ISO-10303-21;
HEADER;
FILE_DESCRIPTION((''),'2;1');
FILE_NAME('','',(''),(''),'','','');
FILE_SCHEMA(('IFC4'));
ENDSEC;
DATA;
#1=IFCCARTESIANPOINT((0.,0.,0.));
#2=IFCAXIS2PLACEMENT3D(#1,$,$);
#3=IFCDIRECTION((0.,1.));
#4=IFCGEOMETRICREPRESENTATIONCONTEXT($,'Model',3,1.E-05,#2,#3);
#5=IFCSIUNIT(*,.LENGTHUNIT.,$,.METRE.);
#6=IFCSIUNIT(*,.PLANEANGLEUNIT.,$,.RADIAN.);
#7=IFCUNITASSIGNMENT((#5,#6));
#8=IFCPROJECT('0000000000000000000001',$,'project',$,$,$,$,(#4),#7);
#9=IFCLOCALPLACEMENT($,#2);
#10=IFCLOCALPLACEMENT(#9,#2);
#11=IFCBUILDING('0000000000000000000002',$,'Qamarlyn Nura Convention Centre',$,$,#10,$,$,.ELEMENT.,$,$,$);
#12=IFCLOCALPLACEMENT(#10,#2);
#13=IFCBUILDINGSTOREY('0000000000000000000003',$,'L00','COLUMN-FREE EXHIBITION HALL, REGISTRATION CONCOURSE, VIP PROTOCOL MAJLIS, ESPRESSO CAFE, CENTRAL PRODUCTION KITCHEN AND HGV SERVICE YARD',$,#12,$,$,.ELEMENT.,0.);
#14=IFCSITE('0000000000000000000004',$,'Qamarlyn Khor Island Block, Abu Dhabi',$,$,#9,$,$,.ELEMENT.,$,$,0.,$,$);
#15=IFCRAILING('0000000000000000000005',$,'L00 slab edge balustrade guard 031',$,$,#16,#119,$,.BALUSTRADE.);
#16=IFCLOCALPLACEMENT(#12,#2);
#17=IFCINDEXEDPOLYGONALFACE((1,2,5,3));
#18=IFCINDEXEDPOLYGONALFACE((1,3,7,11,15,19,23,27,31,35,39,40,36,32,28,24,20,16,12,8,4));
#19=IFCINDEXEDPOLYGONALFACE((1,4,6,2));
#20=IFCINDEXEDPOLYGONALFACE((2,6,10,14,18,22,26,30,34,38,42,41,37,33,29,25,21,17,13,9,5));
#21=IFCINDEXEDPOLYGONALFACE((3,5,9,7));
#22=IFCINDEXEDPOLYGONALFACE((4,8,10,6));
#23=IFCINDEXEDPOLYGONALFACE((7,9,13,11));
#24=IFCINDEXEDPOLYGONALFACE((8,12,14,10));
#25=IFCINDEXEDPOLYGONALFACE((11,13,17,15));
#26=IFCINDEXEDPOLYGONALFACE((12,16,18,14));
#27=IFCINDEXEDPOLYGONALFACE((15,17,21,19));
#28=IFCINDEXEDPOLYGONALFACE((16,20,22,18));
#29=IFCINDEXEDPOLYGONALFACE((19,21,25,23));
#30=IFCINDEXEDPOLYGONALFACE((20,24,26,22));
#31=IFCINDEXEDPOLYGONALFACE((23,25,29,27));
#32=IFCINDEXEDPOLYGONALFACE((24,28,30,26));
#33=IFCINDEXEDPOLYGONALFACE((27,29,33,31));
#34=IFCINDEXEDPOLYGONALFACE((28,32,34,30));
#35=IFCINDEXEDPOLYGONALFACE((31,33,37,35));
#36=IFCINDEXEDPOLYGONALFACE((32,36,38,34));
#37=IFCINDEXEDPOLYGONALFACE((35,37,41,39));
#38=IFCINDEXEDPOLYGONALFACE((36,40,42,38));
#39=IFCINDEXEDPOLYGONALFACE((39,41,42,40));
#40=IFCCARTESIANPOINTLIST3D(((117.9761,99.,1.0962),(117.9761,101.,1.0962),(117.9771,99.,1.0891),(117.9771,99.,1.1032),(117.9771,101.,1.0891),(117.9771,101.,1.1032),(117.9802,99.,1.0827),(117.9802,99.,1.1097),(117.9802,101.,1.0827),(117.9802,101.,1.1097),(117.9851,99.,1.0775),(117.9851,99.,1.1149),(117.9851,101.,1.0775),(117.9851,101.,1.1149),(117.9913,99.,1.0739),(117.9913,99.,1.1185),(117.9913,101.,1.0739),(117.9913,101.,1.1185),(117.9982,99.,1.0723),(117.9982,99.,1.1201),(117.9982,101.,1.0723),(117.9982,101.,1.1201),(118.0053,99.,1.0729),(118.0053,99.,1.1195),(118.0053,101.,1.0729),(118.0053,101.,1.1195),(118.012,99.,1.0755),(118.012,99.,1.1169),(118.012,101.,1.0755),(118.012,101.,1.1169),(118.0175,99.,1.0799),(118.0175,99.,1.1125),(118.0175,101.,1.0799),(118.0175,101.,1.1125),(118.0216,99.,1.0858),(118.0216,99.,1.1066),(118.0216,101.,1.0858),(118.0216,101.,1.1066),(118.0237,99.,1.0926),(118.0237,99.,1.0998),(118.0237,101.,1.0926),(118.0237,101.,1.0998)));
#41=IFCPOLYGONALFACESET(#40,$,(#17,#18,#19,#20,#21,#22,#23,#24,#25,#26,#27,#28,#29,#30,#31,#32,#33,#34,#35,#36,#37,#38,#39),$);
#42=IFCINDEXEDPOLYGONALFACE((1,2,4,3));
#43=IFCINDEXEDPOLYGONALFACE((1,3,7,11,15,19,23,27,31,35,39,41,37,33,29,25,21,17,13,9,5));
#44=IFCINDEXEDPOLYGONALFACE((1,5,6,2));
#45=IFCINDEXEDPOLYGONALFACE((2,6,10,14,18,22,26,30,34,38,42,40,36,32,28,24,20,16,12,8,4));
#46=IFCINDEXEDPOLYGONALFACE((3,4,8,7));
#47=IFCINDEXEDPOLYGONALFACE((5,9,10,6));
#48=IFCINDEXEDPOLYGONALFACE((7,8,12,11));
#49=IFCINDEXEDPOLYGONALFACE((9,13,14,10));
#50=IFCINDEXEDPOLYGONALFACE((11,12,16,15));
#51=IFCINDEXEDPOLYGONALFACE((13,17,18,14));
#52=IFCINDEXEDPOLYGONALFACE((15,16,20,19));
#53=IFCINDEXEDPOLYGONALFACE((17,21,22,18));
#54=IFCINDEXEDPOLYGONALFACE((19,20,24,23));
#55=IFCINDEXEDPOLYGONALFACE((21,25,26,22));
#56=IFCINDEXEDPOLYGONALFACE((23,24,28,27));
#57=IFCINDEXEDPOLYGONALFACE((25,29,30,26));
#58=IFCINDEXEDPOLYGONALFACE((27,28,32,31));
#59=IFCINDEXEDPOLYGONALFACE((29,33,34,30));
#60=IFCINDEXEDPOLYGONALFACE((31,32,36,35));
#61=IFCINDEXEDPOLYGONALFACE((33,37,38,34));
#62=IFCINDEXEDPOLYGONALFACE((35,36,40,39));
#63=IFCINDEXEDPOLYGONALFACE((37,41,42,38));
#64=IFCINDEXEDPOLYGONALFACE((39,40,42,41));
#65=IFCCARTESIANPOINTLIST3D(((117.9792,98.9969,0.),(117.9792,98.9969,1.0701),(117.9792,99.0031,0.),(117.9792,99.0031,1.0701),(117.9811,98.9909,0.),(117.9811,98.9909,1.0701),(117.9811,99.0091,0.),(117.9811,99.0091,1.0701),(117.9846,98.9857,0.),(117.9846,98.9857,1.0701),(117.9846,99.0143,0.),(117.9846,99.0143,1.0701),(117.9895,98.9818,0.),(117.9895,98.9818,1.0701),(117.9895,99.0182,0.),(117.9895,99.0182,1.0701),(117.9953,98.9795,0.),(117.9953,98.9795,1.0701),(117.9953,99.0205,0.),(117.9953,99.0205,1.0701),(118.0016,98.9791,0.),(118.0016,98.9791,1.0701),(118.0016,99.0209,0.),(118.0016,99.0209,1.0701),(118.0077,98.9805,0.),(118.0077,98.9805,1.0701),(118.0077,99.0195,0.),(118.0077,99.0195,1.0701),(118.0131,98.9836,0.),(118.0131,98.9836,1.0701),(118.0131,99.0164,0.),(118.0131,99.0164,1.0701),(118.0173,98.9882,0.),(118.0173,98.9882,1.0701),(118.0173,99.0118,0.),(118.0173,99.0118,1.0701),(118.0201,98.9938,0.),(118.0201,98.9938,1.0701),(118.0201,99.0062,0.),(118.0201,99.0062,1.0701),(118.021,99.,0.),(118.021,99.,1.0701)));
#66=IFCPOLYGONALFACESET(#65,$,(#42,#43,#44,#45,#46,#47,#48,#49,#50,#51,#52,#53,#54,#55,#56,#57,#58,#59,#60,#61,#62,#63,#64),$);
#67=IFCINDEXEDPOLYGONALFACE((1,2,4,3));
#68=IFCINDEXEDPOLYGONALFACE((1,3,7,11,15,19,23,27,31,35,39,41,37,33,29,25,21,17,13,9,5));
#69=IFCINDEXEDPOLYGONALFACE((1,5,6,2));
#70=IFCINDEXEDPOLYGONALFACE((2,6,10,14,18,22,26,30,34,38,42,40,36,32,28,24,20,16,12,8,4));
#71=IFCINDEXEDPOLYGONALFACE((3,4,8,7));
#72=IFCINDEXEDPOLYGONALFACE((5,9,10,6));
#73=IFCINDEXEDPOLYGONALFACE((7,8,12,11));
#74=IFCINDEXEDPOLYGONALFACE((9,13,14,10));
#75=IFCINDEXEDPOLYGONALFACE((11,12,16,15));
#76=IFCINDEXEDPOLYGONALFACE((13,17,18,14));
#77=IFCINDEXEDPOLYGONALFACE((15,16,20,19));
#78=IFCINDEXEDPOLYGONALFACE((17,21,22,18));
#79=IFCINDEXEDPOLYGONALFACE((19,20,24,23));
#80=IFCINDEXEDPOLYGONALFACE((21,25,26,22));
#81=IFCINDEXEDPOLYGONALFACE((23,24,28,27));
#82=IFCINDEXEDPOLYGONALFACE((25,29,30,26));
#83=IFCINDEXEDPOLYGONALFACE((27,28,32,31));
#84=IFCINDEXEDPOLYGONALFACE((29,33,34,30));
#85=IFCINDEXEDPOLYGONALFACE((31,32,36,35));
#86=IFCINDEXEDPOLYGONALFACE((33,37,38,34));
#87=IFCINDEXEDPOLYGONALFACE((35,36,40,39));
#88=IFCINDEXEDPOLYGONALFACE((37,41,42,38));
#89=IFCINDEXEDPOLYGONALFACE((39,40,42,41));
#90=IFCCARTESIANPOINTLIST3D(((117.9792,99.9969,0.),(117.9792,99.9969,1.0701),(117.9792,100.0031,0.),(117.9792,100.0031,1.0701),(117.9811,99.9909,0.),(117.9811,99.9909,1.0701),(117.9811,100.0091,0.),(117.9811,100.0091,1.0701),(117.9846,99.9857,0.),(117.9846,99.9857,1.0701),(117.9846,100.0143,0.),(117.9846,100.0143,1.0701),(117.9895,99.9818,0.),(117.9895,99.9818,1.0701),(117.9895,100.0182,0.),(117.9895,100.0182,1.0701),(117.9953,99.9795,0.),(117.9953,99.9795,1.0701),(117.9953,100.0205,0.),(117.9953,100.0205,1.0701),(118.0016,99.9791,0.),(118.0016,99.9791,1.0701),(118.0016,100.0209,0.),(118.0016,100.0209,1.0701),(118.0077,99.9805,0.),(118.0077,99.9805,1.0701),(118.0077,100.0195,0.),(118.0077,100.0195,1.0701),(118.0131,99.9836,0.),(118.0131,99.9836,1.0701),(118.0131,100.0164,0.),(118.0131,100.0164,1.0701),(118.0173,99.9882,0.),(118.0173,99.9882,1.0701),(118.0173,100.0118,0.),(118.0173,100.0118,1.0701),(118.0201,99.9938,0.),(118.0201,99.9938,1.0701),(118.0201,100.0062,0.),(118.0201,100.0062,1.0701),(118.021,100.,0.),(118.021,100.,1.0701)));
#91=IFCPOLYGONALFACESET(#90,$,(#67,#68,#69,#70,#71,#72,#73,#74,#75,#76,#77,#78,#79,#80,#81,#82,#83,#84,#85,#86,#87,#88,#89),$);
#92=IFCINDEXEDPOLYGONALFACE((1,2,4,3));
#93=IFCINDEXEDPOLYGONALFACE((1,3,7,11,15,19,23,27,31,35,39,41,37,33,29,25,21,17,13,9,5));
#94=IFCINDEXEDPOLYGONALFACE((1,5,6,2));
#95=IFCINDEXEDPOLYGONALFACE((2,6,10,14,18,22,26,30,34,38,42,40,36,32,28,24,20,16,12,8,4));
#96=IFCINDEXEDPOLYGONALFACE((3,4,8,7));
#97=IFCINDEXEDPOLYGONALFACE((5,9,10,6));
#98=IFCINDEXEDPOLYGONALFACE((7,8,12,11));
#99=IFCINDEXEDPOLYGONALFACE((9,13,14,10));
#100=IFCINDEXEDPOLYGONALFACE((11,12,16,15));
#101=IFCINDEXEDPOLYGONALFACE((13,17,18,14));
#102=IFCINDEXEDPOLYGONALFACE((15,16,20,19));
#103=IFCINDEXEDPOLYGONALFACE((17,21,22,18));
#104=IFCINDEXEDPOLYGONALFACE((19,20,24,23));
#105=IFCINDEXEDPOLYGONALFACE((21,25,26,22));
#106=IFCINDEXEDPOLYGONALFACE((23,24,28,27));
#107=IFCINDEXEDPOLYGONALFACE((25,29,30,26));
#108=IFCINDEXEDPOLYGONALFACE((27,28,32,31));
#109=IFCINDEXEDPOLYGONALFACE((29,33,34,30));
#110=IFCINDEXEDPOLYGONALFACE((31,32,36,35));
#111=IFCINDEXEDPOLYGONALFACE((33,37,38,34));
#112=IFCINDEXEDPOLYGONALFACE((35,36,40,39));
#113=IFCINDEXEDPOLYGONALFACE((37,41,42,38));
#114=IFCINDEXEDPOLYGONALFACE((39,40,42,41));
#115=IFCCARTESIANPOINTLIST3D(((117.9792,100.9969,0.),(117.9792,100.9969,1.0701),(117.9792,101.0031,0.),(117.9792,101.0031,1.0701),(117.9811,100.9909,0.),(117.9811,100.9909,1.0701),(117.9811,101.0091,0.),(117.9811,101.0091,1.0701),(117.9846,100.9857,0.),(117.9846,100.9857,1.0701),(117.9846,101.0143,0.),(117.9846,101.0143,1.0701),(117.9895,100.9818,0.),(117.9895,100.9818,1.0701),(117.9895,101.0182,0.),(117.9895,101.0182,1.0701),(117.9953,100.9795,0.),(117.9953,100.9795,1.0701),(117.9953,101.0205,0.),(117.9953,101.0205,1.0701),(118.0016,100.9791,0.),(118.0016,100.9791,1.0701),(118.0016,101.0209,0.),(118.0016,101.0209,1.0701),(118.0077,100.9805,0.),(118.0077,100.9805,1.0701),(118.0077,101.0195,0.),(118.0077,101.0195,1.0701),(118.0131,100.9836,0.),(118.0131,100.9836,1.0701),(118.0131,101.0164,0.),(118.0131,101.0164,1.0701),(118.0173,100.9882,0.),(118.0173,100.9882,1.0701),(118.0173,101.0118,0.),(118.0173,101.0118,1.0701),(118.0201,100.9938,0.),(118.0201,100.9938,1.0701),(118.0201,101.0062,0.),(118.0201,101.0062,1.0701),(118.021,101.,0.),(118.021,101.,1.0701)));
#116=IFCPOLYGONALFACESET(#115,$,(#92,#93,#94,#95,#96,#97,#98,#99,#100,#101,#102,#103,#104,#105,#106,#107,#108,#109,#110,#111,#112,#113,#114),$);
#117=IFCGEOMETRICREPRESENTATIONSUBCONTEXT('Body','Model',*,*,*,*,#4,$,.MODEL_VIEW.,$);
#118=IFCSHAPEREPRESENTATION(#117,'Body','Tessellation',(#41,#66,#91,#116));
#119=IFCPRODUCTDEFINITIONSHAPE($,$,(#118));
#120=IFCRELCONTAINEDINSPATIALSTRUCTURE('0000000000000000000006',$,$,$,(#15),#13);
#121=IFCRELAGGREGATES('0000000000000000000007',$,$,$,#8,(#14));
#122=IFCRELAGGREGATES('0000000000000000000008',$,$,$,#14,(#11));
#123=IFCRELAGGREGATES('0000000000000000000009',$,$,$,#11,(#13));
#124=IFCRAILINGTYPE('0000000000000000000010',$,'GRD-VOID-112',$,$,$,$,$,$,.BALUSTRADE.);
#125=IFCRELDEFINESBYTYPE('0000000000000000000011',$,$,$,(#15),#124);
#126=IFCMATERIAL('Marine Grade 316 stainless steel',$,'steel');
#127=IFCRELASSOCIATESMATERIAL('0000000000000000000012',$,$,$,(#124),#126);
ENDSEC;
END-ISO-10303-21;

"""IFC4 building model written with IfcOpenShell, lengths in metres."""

from ifc_helpers import new_model, si_unit, direction, frame, origin, origin_2d, place, context, subcontext, project, spatial, circle, extrude, material, type_object, element, save


model = new_model("IFC4")

# Units and contexts
model_context = context("Model", 3, precision=1e-05, world=origin(), true_north=direction((0.0, 1.0)))
body_context = subcontext(model_context, "Body", "Model", "MODEL_VIEW")
ifc_project = project(units=[si_unit("LENGTHUNIT", "METRE"), si_unit("PLANEANGLEUNIT", "RADIAN")], contexts=[model_context])

# Site, building, storey
site_placement = place(None, origin())
site = spatial("IfcSite", under=ifc_project, at=site_placement, Name="Qamarlyn Khor Island Block, Abu Dhabi", CompositionType="ELEMENT", RefElevation=0.0)
building_placement = place(site_placement, origin())
building = spatial("IfcBuilding", under=site, at=building_placement, Name="Qamarlyn Nura Convention Centre", CompositionType="ELEMENT")
storey_placement = place(building_placement, origin())
storey = spatial("IfcBuildingStorey", under=building, at=storey_placement, Name="L00", Description="COLUMN-FREE EXHIBITION HALL, REGISTRATION CONCOURSE, VIP PROTOCOL MAJLIS, ESPRESSO CAFE, CENTRAL PRODUCTION KITCHEN AND HGV SERVICE YARD", CompositionType="ELEMENT", Elevation=0.0)

# Railing
ifc_material_1 = material(Name="Marine Grade 316 stainless steel", Category="steel")
railing_type = type_object("IfcRailingType", Name="GRD-VOID-112", PredefinedType="BALUSTRADE", material=ifc_material_1)
railing_1_placement = place(storey_placement, frame((118.0, 99.0, 0.0)))
element("IfcRailing", 1, at=railing_1_placement, inside=storey, type_object=railing_type, Name="L00 slab edge balustrade guard 031", PredefinedType="BALUSTRADE", context=body_context, shape_type="SweptSolid", body=[
    extrude(circle(Radius=0.0239, at=origin_2d()), frame((0.0, 0.0, 1.0962), z_axis=(0.0, 1.0, 0.0), x_axis=(-1.0, 0.0, 0.0)), (0.0, 0.0, 1.0), 2.0),
    extrude(circle(Radius=0.021, at=origin_2d()), origin(), (0.0, 0.0, 1.0), 1.0701),
    extrude(circle(Radius=0.021, at=origin_2d()), frame((0.0, 1.0, 0.0)), (0.0, 0.0, 1.0), 1.0701),
    extrude(circle(Radius=0.021, at=origin_2d()), frame((0.0, 2.0, 0.0)), (0.0, 0.0, 1.0), 1.0701),
])

save(model, "model.ifc")
